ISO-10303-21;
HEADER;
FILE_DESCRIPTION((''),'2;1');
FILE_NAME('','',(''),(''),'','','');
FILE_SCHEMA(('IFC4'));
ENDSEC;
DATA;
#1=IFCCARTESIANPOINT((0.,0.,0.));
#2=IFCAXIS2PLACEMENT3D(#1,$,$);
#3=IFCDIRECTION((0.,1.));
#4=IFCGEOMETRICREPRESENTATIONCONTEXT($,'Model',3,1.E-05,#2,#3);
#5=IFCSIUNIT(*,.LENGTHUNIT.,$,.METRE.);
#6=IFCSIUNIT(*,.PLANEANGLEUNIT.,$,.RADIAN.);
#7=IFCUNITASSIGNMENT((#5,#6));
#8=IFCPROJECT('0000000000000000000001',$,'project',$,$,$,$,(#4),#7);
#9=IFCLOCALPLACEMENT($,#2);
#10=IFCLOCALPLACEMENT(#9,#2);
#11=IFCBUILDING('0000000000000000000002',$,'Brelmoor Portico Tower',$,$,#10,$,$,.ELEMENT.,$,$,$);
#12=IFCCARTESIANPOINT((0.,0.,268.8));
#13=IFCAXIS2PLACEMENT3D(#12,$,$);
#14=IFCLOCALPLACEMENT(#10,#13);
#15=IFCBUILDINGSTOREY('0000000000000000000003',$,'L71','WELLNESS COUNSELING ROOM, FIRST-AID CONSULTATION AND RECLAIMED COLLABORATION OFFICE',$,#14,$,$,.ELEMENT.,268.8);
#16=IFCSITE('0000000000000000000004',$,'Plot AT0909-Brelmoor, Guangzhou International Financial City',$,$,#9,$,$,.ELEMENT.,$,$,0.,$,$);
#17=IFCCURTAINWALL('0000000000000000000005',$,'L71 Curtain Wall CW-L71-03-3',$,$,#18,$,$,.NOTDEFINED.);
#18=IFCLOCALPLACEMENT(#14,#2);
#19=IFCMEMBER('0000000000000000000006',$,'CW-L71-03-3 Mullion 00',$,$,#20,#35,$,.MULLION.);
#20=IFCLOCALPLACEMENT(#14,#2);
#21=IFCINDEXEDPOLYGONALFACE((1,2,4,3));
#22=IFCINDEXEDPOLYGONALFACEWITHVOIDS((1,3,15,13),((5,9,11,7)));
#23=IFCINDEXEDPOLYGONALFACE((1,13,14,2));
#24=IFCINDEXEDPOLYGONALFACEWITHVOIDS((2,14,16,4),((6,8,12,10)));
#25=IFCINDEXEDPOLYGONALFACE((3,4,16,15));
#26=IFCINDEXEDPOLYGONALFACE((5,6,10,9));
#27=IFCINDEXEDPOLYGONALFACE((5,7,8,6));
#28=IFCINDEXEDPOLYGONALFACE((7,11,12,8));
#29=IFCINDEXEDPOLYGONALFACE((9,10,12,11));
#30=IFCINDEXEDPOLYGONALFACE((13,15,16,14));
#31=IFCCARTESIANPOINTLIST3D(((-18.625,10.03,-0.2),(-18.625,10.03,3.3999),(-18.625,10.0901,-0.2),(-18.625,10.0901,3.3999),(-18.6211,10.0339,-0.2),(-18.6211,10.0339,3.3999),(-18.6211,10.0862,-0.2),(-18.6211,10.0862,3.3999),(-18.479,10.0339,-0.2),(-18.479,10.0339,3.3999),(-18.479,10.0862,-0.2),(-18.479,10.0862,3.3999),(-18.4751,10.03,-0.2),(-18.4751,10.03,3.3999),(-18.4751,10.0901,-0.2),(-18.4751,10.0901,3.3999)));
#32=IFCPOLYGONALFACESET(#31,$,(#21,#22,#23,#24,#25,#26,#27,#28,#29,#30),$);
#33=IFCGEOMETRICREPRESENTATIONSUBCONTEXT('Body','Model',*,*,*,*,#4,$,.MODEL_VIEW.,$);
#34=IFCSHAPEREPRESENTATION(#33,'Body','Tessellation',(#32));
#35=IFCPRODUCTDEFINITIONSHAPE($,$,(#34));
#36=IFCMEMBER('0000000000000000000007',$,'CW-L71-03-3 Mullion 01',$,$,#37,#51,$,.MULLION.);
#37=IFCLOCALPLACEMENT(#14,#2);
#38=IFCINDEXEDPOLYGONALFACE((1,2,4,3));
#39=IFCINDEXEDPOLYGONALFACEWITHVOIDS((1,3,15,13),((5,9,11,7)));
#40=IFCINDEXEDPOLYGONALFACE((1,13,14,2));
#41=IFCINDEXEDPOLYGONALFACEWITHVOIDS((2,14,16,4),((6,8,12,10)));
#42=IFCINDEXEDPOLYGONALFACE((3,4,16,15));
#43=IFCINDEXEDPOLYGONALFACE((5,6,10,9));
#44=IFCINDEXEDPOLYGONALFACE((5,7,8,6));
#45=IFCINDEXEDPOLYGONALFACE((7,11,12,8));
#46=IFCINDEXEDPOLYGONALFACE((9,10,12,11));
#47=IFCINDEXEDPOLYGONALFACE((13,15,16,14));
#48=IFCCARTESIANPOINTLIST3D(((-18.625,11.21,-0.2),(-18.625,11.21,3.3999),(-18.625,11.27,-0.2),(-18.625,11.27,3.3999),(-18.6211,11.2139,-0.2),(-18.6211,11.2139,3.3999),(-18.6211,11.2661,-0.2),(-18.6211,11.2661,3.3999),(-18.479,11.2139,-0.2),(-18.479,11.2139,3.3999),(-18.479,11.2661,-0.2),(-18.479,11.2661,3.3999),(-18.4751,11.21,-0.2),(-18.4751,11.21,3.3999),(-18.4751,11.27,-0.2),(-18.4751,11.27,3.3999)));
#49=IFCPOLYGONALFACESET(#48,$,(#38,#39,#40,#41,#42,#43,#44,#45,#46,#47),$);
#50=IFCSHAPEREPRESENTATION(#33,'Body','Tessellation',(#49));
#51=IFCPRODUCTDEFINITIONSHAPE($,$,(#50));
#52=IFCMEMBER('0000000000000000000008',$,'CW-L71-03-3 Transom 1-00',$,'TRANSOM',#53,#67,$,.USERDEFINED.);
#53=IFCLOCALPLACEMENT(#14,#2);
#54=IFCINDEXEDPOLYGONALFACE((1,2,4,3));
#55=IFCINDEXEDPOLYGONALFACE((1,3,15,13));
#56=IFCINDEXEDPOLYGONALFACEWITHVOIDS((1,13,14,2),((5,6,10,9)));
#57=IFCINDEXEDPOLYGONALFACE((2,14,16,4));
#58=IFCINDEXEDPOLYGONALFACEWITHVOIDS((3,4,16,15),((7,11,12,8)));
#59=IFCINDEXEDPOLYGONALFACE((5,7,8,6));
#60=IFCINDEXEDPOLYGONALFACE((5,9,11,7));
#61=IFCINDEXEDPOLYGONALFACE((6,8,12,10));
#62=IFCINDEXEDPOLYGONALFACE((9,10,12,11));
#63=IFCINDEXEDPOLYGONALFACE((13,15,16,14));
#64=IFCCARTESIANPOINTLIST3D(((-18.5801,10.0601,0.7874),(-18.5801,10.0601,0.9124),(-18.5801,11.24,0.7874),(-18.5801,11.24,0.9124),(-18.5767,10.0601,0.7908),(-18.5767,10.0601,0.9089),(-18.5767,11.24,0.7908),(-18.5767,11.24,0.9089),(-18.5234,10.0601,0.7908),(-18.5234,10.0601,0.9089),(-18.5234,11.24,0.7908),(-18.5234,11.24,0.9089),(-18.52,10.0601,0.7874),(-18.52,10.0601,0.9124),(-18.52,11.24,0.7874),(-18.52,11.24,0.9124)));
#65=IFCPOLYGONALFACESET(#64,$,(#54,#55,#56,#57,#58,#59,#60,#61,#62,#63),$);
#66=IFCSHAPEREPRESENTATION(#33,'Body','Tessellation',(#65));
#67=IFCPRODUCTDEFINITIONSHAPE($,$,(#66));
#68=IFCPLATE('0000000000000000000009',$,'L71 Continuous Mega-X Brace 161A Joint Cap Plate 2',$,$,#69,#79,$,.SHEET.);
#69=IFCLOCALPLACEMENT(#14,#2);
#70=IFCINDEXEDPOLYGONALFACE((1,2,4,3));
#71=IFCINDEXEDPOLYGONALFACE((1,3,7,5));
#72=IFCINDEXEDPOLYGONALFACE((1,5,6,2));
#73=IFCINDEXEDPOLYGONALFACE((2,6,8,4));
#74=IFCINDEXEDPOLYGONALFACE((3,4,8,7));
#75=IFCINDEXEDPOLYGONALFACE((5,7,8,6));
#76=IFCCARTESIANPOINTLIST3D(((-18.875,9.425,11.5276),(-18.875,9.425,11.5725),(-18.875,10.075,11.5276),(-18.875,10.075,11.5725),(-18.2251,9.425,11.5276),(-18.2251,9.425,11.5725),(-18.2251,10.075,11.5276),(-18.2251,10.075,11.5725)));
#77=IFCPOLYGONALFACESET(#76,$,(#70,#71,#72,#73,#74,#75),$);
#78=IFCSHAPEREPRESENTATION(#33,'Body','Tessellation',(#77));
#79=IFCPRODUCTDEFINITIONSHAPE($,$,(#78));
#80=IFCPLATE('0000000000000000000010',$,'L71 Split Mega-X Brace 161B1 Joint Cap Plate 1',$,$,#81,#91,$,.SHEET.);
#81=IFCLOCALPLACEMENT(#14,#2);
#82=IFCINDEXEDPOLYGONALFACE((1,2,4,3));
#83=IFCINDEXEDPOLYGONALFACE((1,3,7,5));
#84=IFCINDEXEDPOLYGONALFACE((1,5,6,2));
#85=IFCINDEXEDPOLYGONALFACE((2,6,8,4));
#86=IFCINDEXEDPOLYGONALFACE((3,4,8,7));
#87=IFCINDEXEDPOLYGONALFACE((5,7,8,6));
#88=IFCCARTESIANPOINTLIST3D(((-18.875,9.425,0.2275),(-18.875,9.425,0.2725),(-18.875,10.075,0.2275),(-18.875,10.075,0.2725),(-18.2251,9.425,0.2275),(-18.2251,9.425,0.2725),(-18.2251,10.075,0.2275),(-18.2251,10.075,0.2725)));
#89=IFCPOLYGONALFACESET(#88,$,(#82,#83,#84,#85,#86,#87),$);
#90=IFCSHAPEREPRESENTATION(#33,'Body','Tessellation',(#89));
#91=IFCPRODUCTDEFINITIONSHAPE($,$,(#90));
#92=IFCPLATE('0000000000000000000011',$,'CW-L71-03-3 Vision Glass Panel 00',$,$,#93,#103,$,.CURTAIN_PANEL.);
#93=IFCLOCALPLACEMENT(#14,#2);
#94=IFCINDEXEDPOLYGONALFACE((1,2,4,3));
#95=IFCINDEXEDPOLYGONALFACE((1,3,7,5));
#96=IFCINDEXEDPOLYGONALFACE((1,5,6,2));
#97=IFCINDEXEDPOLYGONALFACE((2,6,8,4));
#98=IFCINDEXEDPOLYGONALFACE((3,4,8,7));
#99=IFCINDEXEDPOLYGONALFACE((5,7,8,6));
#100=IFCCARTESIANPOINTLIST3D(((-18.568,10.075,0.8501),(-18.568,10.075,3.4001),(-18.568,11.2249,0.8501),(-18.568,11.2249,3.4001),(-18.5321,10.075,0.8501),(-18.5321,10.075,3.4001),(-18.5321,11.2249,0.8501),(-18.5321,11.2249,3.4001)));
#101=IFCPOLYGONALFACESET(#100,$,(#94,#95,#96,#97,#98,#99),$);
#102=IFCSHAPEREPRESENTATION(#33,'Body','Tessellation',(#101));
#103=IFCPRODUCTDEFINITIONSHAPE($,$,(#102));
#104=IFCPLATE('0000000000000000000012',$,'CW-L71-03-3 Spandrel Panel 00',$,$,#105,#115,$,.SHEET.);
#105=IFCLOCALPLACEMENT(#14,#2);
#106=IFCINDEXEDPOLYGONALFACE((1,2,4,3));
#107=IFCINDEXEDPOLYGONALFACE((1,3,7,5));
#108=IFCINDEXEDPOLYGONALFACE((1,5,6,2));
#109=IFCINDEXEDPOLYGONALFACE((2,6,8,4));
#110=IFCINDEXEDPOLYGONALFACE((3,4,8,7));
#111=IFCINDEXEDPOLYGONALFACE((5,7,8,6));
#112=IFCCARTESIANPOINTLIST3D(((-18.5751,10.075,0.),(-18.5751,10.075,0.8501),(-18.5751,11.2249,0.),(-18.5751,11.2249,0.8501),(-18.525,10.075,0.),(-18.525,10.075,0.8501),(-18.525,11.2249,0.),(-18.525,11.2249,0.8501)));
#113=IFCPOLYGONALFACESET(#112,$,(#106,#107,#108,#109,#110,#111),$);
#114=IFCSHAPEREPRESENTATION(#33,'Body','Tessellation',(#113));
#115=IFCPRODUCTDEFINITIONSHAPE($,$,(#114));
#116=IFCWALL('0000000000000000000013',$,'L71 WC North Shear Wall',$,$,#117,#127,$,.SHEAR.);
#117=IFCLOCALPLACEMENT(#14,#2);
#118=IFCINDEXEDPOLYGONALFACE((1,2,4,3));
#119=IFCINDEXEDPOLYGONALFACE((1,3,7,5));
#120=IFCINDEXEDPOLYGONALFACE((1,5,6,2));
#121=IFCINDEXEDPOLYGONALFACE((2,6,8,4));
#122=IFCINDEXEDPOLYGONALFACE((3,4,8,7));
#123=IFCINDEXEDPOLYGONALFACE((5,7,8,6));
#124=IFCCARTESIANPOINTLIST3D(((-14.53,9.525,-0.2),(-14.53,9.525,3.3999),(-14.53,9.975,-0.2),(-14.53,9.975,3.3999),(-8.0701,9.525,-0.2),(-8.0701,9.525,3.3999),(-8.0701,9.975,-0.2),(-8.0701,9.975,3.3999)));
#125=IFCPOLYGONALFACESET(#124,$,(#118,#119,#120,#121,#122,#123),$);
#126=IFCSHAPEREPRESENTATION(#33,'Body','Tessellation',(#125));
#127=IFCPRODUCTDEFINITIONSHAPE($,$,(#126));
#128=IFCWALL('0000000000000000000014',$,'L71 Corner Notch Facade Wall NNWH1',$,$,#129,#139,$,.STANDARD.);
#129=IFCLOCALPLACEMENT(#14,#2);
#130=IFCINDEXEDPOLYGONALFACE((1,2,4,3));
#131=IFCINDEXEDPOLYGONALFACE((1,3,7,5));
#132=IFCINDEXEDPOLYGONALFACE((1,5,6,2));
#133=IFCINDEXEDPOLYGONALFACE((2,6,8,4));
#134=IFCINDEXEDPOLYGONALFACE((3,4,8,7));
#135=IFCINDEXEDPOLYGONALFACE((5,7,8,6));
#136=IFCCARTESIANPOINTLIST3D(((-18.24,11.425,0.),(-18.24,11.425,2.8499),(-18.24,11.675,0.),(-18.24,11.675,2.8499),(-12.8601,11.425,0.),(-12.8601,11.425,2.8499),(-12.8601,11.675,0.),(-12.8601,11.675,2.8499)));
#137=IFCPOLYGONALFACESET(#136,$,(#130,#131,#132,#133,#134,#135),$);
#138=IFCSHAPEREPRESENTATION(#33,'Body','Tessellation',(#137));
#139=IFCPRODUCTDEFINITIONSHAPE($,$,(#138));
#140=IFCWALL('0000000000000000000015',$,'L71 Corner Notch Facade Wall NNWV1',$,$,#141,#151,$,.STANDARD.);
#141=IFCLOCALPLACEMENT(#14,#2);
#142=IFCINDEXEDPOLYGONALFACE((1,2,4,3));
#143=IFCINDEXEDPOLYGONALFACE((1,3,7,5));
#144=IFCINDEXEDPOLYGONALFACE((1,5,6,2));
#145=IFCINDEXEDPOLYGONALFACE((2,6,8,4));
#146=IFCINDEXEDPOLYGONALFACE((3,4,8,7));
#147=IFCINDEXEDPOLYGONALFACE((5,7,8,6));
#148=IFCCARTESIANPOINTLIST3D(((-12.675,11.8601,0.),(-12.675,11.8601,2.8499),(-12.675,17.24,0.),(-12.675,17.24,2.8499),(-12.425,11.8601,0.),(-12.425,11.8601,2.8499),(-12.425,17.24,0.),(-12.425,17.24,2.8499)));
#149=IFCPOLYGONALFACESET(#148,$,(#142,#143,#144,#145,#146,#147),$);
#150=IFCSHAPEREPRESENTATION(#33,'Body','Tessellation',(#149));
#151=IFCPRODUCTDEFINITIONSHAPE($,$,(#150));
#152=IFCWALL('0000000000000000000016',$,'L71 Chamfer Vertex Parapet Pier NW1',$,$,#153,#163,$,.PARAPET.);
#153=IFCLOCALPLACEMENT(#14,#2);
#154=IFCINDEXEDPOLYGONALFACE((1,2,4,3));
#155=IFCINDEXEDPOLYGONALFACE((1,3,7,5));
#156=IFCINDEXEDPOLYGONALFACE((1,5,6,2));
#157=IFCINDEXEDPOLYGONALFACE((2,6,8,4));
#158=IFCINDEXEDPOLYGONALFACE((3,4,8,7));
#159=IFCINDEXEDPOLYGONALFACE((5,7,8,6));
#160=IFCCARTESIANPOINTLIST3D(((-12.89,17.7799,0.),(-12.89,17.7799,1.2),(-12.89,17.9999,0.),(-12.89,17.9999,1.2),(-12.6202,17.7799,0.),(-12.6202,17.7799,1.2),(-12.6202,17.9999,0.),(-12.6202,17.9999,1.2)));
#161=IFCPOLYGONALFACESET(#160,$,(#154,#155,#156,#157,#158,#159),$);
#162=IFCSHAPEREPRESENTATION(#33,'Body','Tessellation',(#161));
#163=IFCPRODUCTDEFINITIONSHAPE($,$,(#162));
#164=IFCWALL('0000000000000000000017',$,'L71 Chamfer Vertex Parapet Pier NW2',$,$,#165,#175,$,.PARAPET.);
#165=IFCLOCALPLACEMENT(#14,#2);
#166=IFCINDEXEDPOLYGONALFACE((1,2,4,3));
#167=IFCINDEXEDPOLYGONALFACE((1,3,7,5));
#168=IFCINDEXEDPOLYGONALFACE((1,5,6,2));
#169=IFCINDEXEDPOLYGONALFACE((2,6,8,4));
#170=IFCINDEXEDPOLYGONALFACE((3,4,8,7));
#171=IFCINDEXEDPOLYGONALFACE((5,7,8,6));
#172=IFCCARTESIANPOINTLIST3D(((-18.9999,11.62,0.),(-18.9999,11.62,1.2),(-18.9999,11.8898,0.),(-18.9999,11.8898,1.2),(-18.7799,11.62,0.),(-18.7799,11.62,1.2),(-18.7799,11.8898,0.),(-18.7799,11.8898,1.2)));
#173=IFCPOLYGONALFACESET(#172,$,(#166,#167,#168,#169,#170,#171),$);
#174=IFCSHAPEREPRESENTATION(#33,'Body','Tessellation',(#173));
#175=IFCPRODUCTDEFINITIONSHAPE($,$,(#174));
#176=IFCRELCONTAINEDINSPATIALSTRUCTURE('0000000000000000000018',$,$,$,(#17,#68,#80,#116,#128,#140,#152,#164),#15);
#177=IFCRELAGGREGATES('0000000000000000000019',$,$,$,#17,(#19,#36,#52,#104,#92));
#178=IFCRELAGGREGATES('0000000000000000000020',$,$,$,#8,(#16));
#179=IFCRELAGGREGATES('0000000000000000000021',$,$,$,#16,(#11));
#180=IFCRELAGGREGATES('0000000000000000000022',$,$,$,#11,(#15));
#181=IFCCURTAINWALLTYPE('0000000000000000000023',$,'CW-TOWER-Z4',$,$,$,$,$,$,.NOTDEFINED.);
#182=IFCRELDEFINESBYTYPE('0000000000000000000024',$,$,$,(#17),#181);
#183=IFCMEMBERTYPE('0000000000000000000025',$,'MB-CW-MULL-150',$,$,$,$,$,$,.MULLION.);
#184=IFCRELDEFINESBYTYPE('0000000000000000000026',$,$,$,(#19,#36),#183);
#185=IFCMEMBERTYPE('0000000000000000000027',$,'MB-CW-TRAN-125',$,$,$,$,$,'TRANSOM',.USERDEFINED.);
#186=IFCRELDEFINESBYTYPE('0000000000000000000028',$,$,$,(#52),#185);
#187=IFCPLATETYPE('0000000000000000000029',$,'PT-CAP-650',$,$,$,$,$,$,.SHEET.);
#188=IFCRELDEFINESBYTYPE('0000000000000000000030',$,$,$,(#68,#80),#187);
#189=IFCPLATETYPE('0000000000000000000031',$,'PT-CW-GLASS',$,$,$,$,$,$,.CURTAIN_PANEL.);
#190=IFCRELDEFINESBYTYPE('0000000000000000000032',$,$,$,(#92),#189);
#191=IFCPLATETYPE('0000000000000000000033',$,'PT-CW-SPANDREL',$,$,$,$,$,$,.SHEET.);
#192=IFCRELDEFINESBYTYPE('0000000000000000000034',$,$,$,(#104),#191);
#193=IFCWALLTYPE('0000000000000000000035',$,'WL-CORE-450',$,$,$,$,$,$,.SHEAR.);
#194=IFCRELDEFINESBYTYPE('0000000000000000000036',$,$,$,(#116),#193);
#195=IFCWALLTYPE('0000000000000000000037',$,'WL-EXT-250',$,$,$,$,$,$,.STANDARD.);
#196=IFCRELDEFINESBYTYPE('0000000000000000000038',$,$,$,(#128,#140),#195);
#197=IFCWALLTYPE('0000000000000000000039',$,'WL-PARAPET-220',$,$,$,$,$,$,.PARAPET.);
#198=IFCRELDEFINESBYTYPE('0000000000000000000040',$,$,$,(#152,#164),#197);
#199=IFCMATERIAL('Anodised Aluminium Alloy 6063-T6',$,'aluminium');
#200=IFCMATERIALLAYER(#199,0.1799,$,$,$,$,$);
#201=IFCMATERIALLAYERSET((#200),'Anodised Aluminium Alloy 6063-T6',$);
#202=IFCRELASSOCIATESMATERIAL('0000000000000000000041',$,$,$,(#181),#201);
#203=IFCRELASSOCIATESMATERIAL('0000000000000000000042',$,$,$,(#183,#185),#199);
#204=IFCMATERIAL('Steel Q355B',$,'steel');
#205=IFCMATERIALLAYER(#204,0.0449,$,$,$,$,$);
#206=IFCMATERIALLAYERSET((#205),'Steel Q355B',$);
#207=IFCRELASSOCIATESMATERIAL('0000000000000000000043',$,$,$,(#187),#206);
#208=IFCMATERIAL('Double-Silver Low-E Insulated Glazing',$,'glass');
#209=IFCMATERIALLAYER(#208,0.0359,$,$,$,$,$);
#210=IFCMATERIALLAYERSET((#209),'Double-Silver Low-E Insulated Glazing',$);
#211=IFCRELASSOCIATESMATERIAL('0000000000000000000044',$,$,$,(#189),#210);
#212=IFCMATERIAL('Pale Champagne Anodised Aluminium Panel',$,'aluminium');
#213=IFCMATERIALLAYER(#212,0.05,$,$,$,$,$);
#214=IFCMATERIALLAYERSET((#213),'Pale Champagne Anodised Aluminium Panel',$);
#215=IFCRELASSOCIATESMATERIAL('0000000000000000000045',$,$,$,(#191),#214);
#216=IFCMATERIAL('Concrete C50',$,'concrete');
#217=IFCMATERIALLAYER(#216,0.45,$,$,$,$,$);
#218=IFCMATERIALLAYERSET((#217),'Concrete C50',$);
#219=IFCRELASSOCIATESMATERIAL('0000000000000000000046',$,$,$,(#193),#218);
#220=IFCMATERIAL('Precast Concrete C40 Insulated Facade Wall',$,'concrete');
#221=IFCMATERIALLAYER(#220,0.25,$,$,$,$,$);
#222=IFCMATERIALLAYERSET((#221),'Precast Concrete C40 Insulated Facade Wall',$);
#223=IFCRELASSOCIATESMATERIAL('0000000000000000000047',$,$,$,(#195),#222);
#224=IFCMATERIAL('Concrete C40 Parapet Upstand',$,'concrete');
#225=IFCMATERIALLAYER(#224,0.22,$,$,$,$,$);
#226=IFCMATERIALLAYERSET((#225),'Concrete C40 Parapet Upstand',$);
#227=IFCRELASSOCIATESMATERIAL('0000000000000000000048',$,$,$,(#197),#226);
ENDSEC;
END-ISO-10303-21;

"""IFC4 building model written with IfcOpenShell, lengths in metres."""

from ifc_helpers import new_model, si_unit, direction, frame, frame_2d, origin, origin_2d, place, context, subcontext, project, spatial, rectangle, hollow_rectangle, extrude, material, layer, layer_set, material_profile, profile_set, type_object, element, aggregate, save


model = new_model("IFC4")

# Units and contexts
model_context = context("Model", 3, precision=1e-05, world=origin(), true_north=direction((0.0, 1.0)))
body_context = subcontext(model_context, "Body", "Model", "MODEL_VIEW")
ifc_project = project(units=[si_unit("LENGTHUNIT", "METRE"), si_unit("PLANEANGLEUNIT", "RADIAN")], contexts=[model_context])

# Site, building, storey
site_placement = place(None, origin())
site = spatial("IfcSite", under=ifc_project, at=site_placement, Name="Plot AT0909-Brelmoor, Guangzhou International Financial City", CompositionType="ELEMENT", RefElevation=0.0)
building_placement = place(site_placement, origin())
building = spatial("IfcBuilding", under=site, at=building_placement, Name="Brelmoor Portico Tower", CompositionType="ELEMENT")
storey_placement = place(building_placement, frame((0.0, 0.0, 268.8)))
storey = spatial("IfcBuildingStorey", under=building, at=storey_placement, Name="L71", Description="WELLNESS COUNSELING ROOM, FIRST-AID CONSULTATION AND RECLAIMED COLLABORATION OFFICE", CompositionType="ELEMENT", Elevation=268.8)

# Shared definitions
ifc_material_1 = material(Name="Steel Q355B", Category="steel")

# Curtain wall, members
ifc_material_2 = material(Name="Anodised Aluminium Alloy 6063-T6", Category="aluminium")
ifc_layer_1 = layer(ifc_material_2, 0.1799)
ifc_layer_set_1 = layer_set([ifc_layer_1], Name="Anodised Aluminium Alloy 6063-T6")
curtain_wall_type = type_object("IfcCurtainWallType", Name="CW-TOWER-Z4", PredefinedType="NOTDEFINED", material=ifc_layer_set_1)
curtain_wall_placement = place(storey_placement, origin())
curtain_wall = element("IfcCurtainWall", 1, at=curtain_wall_placement, inside=storey, type_object=curtain_wall_type, Name="L71 Curtain Wall CW-L71-03-3", PredefinedType="NOTDEFINED")
ifc_material_profile_1 = material_profile(ifc_material_2, hollow_rectangle(XDim=0.0601, YDim=0.1499, WallThickness=0.0039, at=origin_2d()), Name="ALU MULLION 60x150")
ifc_profile_set_1 = profile_set([ifc_material_profile_1], Name="Anodised Aluminium Alloy 6063-T6")
member_type_1 = type_object("IfcMemberType", Name="MB-CW-MULL-150", PredefinedType="MULLION", material=ifc_profile_set_1)
member_1_placement = place(storey_placement, frame((-18.55, 10.0601, -0.2), z_axis=(0.0, 0.0, 1.0), x_axis=(0.0, 1.0, 0.0)))
member_1 = element("IfcMember", 2, at=member_1_placement, type_object=member_type_1, Name="CW-L71-03-3 Mullion 00", PredefinedType="MULLION", context=body_context, shape_type="SweptSolid", body=[
    extrude(hollow_rectangle(XDim=0.0601, YDim=0.1499, WallThickness=0.0039, at=origin_2d()), origin(), (0.0, 0.0, 1.0), 3.5999),
])
member_2_placement = place(storey_placement, frame((-18.55, 11.24, -0.2), z_axis=(0.0, 0.0, 1.0), x_axis=(0.0, 1.0, 0.0)))
member_2 = element("IfcMember", 3, at=member_2_placement, type_object=member_type_1, Name="CW-L71-03-3 Mullion 01", PredefinedType="MULLION", context=body_context, shape_type="SweptSolid", body=[
    extrude(hollow_rectangle(XDim=0.0601, YDim=0.1499, WallThickness=0.0039, at=origin_2d()), origin(), (0.0, 0.0, 1.0), 3.5999),
])
ifc_material_profile_2 = material_profile(ifc_material_2, hollow_rectangle(XDim=0.0601, YDim=0.125, WallThickness=0.0034, at=origin_2d()), Name="ALU TRANSOM 60x125")
ifc_profile_set_2 = profile_set([ifc_material_profile_2], Name="Anodised Aluminium Alloy 6063-T6")
member_type_2 = type_object("IfcMemberType", Name="MB-CW-TRAN-125", ElementType="TRANSOM", PredefinedType="USERDEFINED", material=ifc_profile_set_2)
member_3_placement = place(storey_placement, frame((-18.55, 10.0601, 0.8499), z_axis=(0.0, 1.0, 0.0), x_axis=(-1.0, 0.0, 0.0)))
member_3 = element("IfcMember", 4, at=member_3_placement, type_object=member_type_2, Name="CW-L71-03-3 Transom 1-00", ObjectType="TRANSOM", PredefinedType="USERDEFINED", context=body_context, shape_type="SweptSolid", body=[
    extrude(hollow_rectangle(XDim=0.0601, YDim=0.125, WallThickness=0.0034, at=origin_2d()), origin(), (0.0, 0.0, 1.0), 1.1799),
])

# Plates
ifc_layer_2 = layer(ifc_material_1, 0.0449)
ifc_layer_set_2 = layer_set([ifc_layer_2], Name="Steel Q355B")
plate_type_1 = type_object("IfcPlateType", Name="PT-CAP-650", PredefinedType="SHEET", material=ifc_layer_set_2)
for number, where, z_axis, x_axis, name in (
    (5, (-18.55, 9.75, 11.5276), (0.0, 0.0, 1.0), (1.0, 0.0, 0.0), "L71 Continuous Mega-X Brace 161A Joint Cap Plate 2"),
    (6, (-18.55, 9.75, 0.2275), (0.0, 0.0, 1.0), (1.0, 0.0, 0.0), "L71 Split Mega-X Brace 161B1 Joint Cap Plate 1"),
):
    element("IfcPlate", number, at=place(storey_placement, frame(where, z_axis=z_axis, x_axis=x_axis)), inside=storey, type_object=plate_type_1, Name=name, PredefinedType="SHEET", context=body_context, shape_type="SweptSolid", body=[
        extrude(rectangle(XDim=0.6499, YDim=0.6499, at=origin_2d()), origin(), (0.0, 0.0, 1.0), 0.0449),
    ])

# Plates
ifc_material_3 = material(Name="Double-Silver Low-E Insulated Glazing", Category="glass")
ifc_layer_3 = layer(ifc_material_3, 0.0359)
ifc_layer_set_3 = layer_set([ifc_layer_3], Name="Double-Silver Low-E Insulated Glazing")
plate_type_2 = type_object("IfcPlateType", Name="PT-CW-GLASS", PredefinedType="CURTAIN_PANEL", material=ifc_layer_set_3)
plate_1_placement = place(storey_placement, frame((-18.55, 10.6499, 0.8501), z_axis=(0.0, 0.0, 1.0), x_axis=(0.0, 1.0, 0.0)))
plate_1 = element("IfcPlate", 7, at=plate_1_placement, type_object=plate_type_2, Name="CW-L71-03-3 Vision Glass Panel 00", PredefinedType="CURTAIN_PANEL", context=body_context, shape_type="SweptSolid", body=[
    extrude(rectangle(XDim=1.1499, YDim=0.0359, at=origin_2d()), origin(), (0.0, 0.0, 1.0), 2.55),
])
ifc_material_4 = material(Name="Pale Champagne Anodised Aluminium Panel", Category="aluminium")
ifc_layer_4 = layer(ifc_material_4, 0.05)
ifc_layer_set_4 = layer_set([ifc_layer_4], Name="Pale Champagne Anodised Aluminium Panel")
plate_type_3 = type_object("IfcPlateType", Name="PT-CW-SPANDREL", PredefinedType="SHEET", material=ifc_layer_set_4)
plate_2_placement = place(storey_placement, frame((-18.55, 10.6499, 0.0), z_axis=(0.0, 0.0, 1.0), x_axis=(0.0, 1.0, 0.0)))
plate_2 = element("IfcPlate", 8, at=plate_2_placement, type_object=plate_type_3, Name="CW-L71-03-3 Spandrel Panel 00", PredefinedType="SHEET", context=body_context, shape_type="SweptSolid", body=[
    extrude(rectangle(XDim=1.1499, YDim=0.05, at=origin_2d()), origin(), (0.0, 0.0, 1.0), 0.8501),
])
aggregate(curtain_wall, [member_1, member_2, member_3, plate_2, plate_1])

# Walls
ifc_material_5 = material(Name="Concrete C50", Category="concrete")
ifc_layer_5 = layer(ifc_material_5, 0.45)
ifc_layer_set_5 = layer_set([ifc_layer_5], Name="Concrete C50")
wall_type_1 = type_object("IfcWallType", Name="WL-CORE-450", PredefinedType="SHEAR", material=ifc_layer_set_5)
wall_1_placement = place(storey_placement, frame((-14.53, 9.75, -0.2), z_axis=(0.0, 0.0, 1.0), x_axis=(1.0, 0.0, 0.0)))
element("IfcWall", 9, at=wall_1_placement, inside=storey, type_object=wall_type_1, Name="L71 WC North Shear Wall", PredefinedType="SHEAR", context=body_context, shape_type="SweptSolid", body=[
    extrude(rectangle(XDim=6.46, YDim=0.45, at=frame_2d((3.23, 0.0))), origin(), (0.0, 0.0, 1.0), 3.5999),
])
ifc_material_6 = material(Name="Precast Concrete C40 Insulated Facade Wall", Category="concrete")
ifc_layer_6 = layer(ifc_material_6, 0.25)
ifc_layer_set_6 = layer_set([ifc_layer_6], Name="Precast Concrete C40 Insulated Facade Wall")
wall_type_2 = type_object("IfcWallType", Name="WL-EXT-250", PredefinedType="STANDARD", material=ifc_layer_set_6)
for number, where, z_axis, x_axis, name in (
    (10, (-18.24, 11.55, 0.0), (0.0, 0.0, 1.0), (1.0, 0.0, 0.0), "L71 Corner Notch Facade Wall NNWH1"),
    (11, (-12.55, 11.8601, 0.0), (0.0, 0.0, 1.0), (0.0, 1.0, 0.0), "L71 Corner Notch Facade Wall NNWV1"),
):
    element("IfcWall", number, at=place(storey_placement, frame(where, z_axis=z_axis, x_axis=x_axis)), inside=storey, type_object=wall_type_2, Name=name, PredefinedType="STANDARD", context=body_context, shape_type="SweptSolid", body=[
        extrude(rectangle(XDim=5.3799, YDim=0.25, at=frame_2d((2.6899, 0.0))), origin(), (0.0, 0.0, 1.0), 2.8499),
    ])
ifc_material_7 = material(Name="Concrete C40 Parapet Upstand", Category="concrete")
ifc_layer_7 = layer(ifc_material_7, 0.22)
ifc_layer_set_7 = layer_set([ifc_layer_7], Name="Concrete C40 Parapet Upstand")
wall_type_3 = type_object("IfcWallType", Name="WL-PARAPET-220", PredefinedType="PARAPET", material=ifc_layer_set_7)
for number, where, z_axis, x_axis, name in (
    (12, (-12.8899, 17.8899, 0.0), (0.0, 0.0, 1.0), (1.0, 0.0, 0.0), "L71 Chamfer Vertex Parapet Pier NW1"),
    (13, (-18.8899, 11.6201, 0.0), (0.0, 0.0, 1.0), (0.0, 1.0, 0.0), "L71 Chamfer Vertex Parapet Pier NW2"),
):
    element("IfcWall", number, at=place(storey_placement, frame(where, z_axis=z_axis, x_axis=x_axis)), inside=storey, type_object=wall_type_3, Name=name, PredefinedType="PARAPET", context=body_context, shape_type="SweptSolid", body=[
        extrude(rectangle(XDim=0.2698, YDim=0.22, at=frame_2d((0.1348, 0.0))), origin(), (0.0, 0.0, 1.0), 1.2),
    ])

save(model, "model.ifc")
